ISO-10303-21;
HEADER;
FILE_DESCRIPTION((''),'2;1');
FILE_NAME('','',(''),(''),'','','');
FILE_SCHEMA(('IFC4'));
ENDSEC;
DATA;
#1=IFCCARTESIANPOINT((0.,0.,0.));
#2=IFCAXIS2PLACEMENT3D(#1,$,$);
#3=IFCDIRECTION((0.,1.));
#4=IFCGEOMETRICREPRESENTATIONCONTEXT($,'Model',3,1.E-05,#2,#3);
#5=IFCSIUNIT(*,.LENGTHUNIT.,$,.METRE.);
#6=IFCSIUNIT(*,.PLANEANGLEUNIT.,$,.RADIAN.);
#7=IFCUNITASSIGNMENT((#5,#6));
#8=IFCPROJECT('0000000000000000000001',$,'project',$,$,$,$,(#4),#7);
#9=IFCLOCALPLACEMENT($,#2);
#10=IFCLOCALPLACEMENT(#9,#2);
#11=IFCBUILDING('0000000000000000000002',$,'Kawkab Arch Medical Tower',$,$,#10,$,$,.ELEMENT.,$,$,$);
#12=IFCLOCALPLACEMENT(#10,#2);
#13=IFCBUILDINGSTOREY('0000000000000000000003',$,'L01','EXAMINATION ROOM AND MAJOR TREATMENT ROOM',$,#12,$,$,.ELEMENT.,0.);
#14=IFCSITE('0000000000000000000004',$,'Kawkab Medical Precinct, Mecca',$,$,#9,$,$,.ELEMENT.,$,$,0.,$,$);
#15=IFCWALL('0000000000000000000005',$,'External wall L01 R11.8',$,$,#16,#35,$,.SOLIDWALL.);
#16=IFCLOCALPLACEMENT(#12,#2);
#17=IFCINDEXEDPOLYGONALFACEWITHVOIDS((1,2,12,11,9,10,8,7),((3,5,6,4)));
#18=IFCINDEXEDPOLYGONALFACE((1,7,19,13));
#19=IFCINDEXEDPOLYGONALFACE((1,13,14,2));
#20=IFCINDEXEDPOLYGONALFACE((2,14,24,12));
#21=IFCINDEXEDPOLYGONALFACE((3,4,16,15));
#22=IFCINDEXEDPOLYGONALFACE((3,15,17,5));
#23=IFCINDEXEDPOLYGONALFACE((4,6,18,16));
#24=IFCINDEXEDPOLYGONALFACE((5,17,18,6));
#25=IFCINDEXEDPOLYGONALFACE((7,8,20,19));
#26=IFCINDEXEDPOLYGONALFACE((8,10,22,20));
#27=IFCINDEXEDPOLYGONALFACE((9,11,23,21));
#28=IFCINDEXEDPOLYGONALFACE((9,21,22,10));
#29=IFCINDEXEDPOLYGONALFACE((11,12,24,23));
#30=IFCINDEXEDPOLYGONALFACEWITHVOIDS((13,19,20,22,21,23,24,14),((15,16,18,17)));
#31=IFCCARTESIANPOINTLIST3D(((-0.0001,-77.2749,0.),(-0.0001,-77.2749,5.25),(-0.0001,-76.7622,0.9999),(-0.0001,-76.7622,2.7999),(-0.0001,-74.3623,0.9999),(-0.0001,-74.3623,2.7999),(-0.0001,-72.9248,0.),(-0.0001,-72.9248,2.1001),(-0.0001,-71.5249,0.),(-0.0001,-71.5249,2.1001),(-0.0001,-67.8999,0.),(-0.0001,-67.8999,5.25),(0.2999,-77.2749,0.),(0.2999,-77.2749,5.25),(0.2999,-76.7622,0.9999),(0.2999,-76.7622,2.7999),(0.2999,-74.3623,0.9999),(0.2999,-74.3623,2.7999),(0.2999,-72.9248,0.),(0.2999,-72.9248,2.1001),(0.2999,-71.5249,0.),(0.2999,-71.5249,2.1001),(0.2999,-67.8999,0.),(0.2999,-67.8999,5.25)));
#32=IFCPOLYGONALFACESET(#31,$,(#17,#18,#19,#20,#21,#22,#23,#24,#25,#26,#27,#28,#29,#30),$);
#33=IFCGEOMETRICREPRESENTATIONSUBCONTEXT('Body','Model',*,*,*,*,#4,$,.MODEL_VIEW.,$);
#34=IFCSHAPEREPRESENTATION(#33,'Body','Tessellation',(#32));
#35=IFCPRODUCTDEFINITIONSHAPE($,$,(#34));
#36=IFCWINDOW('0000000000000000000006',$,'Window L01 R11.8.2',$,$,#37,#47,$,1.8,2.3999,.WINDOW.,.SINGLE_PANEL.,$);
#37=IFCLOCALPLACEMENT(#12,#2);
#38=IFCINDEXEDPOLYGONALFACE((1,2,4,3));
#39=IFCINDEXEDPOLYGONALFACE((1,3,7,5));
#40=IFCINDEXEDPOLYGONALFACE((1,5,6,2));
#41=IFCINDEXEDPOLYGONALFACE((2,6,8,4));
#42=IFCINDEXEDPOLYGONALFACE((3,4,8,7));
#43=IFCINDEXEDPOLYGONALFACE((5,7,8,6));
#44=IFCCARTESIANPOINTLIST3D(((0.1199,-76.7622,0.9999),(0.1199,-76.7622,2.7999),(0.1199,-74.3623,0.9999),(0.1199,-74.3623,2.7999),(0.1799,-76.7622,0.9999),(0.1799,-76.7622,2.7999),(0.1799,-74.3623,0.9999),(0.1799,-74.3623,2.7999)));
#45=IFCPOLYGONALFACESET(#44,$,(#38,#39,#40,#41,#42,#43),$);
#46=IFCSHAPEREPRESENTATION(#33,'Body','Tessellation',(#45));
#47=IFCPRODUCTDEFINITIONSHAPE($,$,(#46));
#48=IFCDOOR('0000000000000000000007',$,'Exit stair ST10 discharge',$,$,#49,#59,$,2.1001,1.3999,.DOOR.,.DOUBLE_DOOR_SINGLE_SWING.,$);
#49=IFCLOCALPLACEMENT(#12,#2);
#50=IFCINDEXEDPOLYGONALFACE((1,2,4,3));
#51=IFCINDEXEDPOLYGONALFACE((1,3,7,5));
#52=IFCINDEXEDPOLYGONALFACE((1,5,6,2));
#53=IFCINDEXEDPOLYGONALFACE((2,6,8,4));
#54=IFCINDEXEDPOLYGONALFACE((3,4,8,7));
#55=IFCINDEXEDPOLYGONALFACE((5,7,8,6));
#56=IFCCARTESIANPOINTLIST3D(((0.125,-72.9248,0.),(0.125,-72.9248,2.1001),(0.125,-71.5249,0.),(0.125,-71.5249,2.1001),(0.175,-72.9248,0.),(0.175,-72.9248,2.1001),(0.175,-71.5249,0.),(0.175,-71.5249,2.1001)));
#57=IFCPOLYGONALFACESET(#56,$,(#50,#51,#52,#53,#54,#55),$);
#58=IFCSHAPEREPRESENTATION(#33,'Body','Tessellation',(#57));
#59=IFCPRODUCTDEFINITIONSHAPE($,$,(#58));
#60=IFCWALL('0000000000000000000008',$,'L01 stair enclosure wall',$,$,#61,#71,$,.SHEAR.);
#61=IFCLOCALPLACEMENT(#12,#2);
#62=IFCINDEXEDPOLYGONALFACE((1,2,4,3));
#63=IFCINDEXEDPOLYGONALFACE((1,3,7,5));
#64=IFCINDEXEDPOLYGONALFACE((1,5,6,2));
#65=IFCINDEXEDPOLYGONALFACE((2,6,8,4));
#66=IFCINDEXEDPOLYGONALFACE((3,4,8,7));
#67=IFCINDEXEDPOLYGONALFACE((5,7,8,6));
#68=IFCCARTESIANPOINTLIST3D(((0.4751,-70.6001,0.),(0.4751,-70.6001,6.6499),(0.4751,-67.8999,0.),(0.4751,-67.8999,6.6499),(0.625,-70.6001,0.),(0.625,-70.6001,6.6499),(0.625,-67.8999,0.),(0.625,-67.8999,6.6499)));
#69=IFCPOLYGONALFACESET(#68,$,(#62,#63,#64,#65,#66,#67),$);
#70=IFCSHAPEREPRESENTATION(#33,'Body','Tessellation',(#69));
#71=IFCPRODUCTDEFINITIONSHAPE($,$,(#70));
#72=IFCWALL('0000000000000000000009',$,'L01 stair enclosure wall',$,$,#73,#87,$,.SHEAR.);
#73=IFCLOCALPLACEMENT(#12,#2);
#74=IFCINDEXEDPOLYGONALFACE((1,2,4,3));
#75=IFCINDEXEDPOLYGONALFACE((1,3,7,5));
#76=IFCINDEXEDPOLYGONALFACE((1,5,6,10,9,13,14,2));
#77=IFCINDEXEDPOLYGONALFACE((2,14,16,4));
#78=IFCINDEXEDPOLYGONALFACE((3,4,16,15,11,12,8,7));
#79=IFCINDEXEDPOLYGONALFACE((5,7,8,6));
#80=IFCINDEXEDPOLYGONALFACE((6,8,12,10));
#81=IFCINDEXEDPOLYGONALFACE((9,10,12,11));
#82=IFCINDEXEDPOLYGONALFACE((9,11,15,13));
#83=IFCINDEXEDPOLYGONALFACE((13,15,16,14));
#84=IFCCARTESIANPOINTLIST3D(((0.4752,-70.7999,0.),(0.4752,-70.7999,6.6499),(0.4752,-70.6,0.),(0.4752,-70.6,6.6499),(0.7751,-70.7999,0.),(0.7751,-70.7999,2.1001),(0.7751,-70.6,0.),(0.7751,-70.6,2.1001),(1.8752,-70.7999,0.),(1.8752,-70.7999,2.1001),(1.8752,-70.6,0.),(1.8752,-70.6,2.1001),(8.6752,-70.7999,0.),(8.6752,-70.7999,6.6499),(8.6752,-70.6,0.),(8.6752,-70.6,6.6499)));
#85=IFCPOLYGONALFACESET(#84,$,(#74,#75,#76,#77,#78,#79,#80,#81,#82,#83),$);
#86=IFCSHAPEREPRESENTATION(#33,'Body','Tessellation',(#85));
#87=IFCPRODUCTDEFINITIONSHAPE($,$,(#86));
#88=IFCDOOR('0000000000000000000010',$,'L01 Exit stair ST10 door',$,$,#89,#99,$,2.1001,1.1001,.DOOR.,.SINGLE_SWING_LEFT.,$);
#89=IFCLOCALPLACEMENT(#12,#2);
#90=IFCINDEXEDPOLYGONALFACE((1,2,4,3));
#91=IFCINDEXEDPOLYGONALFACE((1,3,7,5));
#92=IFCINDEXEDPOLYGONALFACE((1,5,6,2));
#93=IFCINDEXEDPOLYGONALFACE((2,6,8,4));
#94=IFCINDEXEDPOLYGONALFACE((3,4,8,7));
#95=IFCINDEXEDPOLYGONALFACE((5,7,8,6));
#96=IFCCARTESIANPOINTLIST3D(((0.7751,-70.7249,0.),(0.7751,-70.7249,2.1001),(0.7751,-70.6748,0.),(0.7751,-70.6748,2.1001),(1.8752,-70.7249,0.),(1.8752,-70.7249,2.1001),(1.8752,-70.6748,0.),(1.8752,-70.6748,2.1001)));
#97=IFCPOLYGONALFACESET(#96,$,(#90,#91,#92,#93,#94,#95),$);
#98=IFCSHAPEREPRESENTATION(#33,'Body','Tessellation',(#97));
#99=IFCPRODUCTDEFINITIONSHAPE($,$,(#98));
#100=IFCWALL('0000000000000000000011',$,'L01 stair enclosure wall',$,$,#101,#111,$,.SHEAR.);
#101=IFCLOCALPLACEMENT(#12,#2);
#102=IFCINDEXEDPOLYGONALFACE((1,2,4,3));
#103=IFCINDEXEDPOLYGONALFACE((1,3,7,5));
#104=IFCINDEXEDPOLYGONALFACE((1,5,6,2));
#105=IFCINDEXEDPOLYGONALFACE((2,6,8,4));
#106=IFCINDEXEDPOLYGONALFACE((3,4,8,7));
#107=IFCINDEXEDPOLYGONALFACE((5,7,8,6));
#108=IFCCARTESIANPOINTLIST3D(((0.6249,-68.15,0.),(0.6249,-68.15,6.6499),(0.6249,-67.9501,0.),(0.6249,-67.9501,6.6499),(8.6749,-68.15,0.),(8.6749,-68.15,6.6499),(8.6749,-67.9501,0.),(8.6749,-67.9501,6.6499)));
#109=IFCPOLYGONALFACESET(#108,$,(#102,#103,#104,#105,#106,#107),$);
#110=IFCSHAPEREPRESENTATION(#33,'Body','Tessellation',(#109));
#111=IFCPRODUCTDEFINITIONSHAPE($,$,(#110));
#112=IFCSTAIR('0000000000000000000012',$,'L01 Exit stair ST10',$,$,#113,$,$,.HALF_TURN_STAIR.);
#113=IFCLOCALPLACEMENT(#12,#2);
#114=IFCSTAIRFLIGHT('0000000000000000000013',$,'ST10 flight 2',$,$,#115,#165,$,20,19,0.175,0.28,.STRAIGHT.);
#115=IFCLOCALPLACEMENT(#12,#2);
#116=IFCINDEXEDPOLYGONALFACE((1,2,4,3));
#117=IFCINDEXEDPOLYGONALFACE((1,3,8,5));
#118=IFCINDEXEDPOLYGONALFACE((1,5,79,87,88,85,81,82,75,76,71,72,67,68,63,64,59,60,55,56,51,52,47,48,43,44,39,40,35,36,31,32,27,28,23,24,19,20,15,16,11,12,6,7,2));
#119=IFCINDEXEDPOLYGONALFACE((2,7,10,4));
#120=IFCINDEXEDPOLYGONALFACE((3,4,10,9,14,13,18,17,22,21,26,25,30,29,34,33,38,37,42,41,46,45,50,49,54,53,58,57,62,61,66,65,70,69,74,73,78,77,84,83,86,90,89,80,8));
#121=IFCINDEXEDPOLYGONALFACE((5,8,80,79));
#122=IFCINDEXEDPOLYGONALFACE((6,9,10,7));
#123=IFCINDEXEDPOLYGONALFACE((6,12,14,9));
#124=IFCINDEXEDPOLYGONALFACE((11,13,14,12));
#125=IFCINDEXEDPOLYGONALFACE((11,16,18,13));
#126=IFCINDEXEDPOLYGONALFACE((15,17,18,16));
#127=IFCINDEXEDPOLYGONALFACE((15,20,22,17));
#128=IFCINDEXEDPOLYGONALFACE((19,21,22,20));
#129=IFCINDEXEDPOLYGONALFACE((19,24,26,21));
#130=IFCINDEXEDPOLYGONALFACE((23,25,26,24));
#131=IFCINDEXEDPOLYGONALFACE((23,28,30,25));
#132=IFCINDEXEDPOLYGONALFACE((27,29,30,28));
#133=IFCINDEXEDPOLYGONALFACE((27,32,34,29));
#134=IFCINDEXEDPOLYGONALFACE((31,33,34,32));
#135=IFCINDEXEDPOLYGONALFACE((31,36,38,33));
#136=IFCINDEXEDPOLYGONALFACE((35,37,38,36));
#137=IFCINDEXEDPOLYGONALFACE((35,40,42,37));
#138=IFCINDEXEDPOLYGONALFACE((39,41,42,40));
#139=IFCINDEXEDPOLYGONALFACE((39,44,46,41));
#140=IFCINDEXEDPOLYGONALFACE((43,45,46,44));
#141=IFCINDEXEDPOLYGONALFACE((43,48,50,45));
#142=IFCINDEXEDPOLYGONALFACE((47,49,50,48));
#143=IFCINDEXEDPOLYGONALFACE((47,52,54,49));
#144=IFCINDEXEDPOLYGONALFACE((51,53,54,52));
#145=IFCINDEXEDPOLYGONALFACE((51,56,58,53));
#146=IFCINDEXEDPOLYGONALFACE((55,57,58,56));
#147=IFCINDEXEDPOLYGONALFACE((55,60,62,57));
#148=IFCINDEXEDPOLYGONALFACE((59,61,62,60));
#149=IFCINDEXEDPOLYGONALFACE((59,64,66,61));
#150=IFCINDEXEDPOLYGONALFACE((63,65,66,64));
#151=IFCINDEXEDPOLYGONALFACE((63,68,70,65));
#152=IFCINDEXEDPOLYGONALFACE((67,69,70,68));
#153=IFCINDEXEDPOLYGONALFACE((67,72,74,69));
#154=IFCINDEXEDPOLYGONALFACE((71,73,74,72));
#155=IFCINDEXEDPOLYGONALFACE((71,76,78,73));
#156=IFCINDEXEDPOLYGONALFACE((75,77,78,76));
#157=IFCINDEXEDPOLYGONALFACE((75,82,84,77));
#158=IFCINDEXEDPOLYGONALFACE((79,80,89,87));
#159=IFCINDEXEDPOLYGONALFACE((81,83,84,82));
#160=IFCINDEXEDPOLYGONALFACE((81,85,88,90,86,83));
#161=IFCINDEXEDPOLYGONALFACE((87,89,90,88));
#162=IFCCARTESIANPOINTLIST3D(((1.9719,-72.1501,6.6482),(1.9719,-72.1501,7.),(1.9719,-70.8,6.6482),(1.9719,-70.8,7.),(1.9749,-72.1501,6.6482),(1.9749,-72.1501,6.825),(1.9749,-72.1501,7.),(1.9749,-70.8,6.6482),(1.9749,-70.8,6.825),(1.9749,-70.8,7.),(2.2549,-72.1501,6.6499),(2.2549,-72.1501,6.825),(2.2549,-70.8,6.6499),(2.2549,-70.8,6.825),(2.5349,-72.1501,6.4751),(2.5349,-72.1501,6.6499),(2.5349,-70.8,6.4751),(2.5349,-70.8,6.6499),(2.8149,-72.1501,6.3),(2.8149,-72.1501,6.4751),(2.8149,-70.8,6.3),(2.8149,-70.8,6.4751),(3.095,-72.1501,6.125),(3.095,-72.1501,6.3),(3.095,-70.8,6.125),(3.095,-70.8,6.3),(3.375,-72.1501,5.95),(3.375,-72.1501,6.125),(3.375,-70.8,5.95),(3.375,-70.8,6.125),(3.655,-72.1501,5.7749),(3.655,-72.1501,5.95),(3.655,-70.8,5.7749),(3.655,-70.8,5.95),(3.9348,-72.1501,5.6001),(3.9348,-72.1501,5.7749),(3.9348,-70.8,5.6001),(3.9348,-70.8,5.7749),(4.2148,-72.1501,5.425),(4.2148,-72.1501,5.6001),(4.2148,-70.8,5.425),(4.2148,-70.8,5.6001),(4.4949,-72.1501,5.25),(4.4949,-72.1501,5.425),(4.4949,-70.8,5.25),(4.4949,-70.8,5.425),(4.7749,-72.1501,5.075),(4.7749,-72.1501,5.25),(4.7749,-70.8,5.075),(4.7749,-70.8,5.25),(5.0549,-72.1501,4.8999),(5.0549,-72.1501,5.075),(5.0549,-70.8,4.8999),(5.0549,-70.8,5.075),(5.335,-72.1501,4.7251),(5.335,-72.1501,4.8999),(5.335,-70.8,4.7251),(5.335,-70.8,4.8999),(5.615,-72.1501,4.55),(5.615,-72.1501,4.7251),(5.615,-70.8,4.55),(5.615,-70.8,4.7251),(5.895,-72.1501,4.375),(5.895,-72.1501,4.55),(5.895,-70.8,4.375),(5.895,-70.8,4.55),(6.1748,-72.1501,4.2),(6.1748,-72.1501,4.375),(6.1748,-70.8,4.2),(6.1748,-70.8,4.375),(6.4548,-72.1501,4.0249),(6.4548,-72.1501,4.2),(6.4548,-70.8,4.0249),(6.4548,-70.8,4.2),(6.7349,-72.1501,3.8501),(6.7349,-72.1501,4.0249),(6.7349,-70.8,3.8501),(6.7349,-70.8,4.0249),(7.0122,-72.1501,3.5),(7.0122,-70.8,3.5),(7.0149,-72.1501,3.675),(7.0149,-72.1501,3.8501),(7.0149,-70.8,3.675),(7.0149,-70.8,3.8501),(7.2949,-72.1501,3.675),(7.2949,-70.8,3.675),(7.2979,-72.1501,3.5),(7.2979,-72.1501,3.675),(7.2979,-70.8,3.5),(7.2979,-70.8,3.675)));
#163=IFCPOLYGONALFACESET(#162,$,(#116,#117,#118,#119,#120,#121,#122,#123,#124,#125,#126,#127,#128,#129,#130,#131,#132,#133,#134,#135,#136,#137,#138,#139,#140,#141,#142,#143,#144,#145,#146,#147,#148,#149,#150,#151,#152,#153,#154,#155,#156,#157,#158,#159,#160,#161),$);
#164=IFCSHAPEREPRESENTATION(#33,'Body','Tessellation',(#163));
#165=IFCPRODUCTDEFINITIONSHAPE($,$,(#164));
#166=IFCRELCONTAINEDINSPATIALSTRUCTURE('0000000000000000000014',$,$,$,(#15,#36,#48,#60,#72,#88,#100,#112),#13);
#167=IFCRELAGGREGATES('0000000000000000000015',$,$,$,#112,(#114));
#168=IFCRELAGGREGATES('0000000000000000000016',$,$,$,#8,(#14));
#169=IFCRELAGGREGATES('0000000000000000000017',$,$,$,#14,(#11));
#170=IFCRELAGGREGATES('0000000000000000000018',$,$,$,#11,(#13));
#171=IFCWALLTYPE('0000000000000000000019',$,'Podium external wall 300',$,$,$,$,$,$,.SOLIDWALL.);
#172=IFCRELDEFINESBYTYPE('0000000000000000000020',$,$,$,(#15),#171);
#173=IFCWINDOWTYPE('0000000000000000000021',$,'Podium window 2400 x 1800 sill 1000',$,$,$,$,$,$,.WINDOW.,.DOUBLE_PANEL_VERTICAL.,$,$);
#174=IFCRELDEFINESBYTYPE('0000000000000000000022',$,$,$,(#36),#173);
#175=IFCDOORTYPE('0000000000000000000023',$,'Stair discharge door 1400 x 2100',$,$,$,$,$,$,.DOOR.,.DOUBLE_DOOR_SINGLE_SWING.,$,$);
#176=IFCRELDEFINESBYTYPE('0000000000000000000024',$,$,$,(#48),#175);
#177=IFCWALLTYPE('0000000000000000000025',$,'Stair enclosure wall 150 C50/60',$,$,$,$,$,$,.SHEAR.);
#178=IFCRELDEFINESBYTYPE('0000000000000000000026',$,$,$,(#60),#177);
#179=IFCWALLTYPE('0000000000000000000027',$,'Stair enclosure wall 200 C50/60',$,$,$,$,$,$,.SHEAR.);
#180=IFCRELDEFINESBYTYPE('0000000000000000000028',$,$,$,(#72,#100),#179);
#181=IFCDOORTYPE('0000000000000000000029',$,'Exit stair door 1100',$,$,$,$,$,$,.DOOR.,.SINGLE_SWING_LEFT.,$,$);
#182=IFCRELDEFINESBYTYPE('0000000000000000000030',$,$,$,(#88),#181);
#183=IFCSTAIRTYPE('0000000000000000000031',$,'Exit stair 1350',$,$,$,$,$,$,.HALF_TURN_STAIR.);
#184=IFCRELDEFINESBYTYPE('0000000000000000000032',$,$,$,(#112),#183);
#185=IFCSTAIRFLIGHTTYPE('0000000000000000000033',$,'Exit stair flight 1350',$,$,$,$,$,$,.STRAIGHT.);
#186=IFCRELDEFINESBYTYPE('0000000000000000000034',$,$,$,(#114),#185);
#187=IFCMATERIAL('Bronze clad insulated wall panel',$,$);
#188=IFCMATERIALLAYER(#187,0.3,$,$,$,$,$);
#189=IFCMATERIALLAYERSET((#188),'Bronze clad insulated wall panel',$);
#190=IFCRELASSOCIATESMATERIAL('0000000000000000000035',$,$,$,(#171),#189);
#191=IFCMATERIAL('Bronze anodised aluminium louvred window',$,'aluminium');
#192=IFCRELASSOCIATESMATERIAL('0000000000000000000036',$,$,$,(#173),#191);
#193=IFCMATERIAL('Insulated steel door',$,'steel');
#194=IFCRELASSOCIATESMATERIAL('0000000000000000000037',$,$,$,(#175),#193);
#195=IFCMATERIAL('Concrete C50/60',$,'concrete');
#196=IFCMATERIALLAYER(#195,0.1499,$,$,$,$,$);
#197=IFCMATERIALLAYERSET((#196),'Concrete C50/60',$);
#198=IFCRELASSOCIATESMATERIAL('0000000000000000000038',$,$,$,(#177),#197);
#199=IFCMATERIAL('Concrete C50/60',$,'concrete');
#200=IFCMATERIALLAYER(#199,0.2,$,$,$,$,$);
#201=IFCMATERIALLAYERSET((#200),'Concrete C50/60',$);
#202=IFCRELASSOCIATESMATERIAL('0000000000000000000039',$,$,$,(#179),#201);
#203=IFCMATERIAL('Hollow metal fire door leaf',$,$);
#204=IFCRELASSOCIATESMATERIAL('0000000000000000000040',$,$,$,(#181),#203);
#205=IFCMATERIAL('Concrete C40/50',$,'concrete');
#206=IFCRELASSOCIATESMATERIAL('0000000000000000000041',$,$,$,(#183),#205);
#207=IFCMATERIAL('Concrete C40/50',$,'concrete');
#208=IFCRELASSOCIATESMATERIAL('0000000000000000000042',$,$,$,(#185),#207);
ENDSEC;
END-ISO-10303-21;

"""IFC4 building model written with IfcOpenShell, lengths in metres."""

from ifc_helpers import new_model, si_unit, direction, frame, frame_2d, origin, place, context, subcontext, project, spatial, polyline, rectangle, outline, extrude, material, layer, layer_set, type_object, element, fill, aggregate, save


model = new_model("IFC4")

# Units and contexts
model_context = context("Model", 3, precision=1e-05, world=origin(), true_north=direction((0.0, 1.0)))
body_context = subcontext(model_context, "Body", "Model", "MODEL_VIEW")
ifc_project = project(units=[si_unit("LENGTHUNIT", "METRE"), si_unit("PLANEANGLEUNIT", "RADIAN")], contexts=[model_context])

# Site, building, storey
site_placement = place(None, origin())
site = spatial("IfcSite", under=ifc_project, at=site_placement, Name="Kawkab Medical Precinct, Mecca", CompositionType="ELEMENT", RefElevation=0.0)
building_placement = place(site_placement, origin())
building = spatial("IfcBuilding", under=site, at=building_placement, Name="Kawkab Arch Medical Tower", CompositionType="ELEMENT")
storey_placement = place(building_placement, origin())
storey = spatial("IfcBuildingStorey", under=building, at=storey_placement, Name="L01", Description="EXAMINATION ROOM AND MAJOR TREATMENT ROOM", CompositionType="ELEMENT", Elevation=0.0)

# Wall, openings, window, door
ifc_material_1 = material(Name="Bronze clad insulated wall panel")
ifc_layer_1 = layer(ifc_material_1, 0.3)
ifc_layer_set_1 = layer_set([ifc_layer_1], Name="Bronze clad insulated wall panel")
wall_type_1 = type_object("IfcWallType", Name="Podium external wall 300", PredefinedType="SOLIDWALL", material=ifc_layer_set_1)
wall_1_placement = place(storey_placement, frame((0.1499, -67.8999, 0.0), z_axis=(0.0, 0.0, 1.0), x_axis=(0.0, -1.0, 0.0)))
wall_1 = element("IfcWall", 1, at=wall_1_placement, inside=storey, type_object=wall_type_1, Name="External wall L01 R11.8", PredefinedType="SOLIDWALL", context=body_context, shape_type="SweptSolid", body=[
    extrude(rectangle(XDim=9.375, YDim=0.3, at=frame_2d((4.6875, 0.0))), origin(), (0.0, 0.0, 1.0), 5.25),
])
opening_1_placement = place(wall_1_placement, frame((3.625, 0.0, 0.0)))
opening_1 = element("IfcOpeningElement", 2, at=opening_1_placement, cuts=wall_1, PredefinedType="OPENING", context=body_context, shape_type="SweptSolid", body=[
    extrude(rectangle(XDim=1.3999, YDim=2.1001, at=frame_2d((0.7, 1.05))), frame((0.0, 0.1599, 0.0), z_axis=(0.0, -1.0, 0.0), x_axis=(1.0, 0.0, 0.0)), (0.0, 0.0, 1.0), 0.3201),
])
opening_2_placement = place(wall_1_placement, frame((6.4624, 0.0, 1.0)))
opening_2 = element("IfcOpeningElement", 3, at=opening_2_placement, cuts=wall_1, PredefinedType="OPENING", context=body_context, shape_type="SweptSolid", body=[
    extrude(rectangle(XDim=2.3999, YDim=1.8, at=frame_2d((1.2, 0.8999))), frame((0.0, 0.1599, 0.0), z_axis=(0.0, -1.0, 0.0), x_axis=(1.0, 0.0, 0.0)), (0.0, 0.0, 1.0), 0.3201),
])
ifc_material_2 = material(Name="Bronze anodised aluminium louvred window", Category="aluminium")
window_type = type_object("IfcWindowType", Name="Podium window 2400 x 1800 sill 1000", PartitioningType="DOUBLE_PANEL_VERTICAL", PredefinedType="WINDOW", material=ifc_material_2)
window_placement = place(opening_2_placement, origin())
window = element("IfcWindow", 4, at=window_placement, inside=storey, type_object=window_type, Name="Window L01 R11.8.2", OverallHeight=1.8, OverallWidth=2.3999, PartitioningType="SINGLE_PANEL", PredefinedType="WINDOW", context=body_context, shape_type="SweptSolid", body=[
    extrude(rectangle(XDim=2.3999, YDim=1.8, at=frame_2d((1.2, 0.8999))), frame((0.0, 0.03, 0.0), z_axis=(0.0, -1.0, 0.0), x_axis=(1.0, 0.0, 0.0)), (0.0, 0.0, 1.0), 0.0601),
])
fill(opening_2, window)
ifc_material_3 = material(Name="Insulated steel door", Category="steel")
door_type_1 = type_object("IfcDoorType", Name="Stair discharge door 1400 x 2100", OperationType="DOUBLE_DOOR_SINGLE_SWING", PredefinedType="DOOR", material=ifc_material_3)
door_1_placement = place(opening_1_placement, frame((1.3999, 0.0, 0.0), z_axis=(0.0, 0.0, 1.0), x_axis=(-1.0, 0.0, 0.0)))
door_1 = element("IfcDoor", 5, at=door_1_placement, inside=storey, type_object=door_type_1, Name="Exit stair ST10 discharge", OperationType="DOUBLE_DOOR_SINGLE_SWING", OverallHeight=2.1001, OverallWidth=1.3999, PredefinedType="DOOR", context=body_context, shape_type="SweptSolid", body=[
    extrude(rectangle(XDim=1.3999, YDim=2.1001, at=frame_2d((0.7, 1.05))), frame((0.0, 0.0249, 0.0), z_axis=(0.0, -1.0, 0.0), x_axis=(1.0, 0.0, 0.0)), (0.0, 0.0, 1.0), 0.05),
])
fill(opening_1, door_1)

# Wall
ifc_material_4 = material(Name="Concrete C50/60", Category="concrete")
ifc_layer_2 = layer(ifc_material_4, 0.1499)
ifc_layer_set_2 = layer_set([ifc_layer_2], Name="Concrete C50/60")
wall_type_2 = type_object("IfcWallType", Name="Stair enclosure wall 150 C50/60", PredefinedType="SHEAR", material=ifc_layer_set_2)
wall_2_placement = place(storey_placement, frame((0.55, -70.6001, 0.0), z_axis=(0.0, 0.0, 1.0), x_axis=(0.0, 1.0, 0.0)))
element("IfcWall", 6, at=wall_2_placement, inside=storey, type_object=wall_type_2, Name="L01 stair enclosure wall", PredefinedType="SHEAR", context=body_context, shape_type="SweptSolid", body=[
    extrude(rectangle(XDim=2.7002, YDim=0.1499, at=frame_2d((1.3501, 0.0))), origin(), (0.0, 0.0, 1.0), 6.6499),
])

# Wall, opening, door
ifc_material_5 = material(Name="Concrete C50/60", Category="concrete")
ifc_layer_3 = layer(ifc_material_5, 0.2)
ifc_layer_set_3 = layer_set([ifc_layer_3], Name="Concrete C50/60")
wall_type_3 = type_object("IfcWallType", Name="Stair enclosure wall 200 C50/60", PredefinedType="SHEAR", material=ifc_layer_set_3)
wall_3_placement = place(storey_placement, frame((0.4751, -70.7, 0.0), z_axis=(0.0, 0.0, 1.0), x_axis=(1.0, 0.0, 0.0)))
wall_3 = element("IfcWall", 7, at=wall_3_placement, inside=storey, type_object=wall_type_3, Name="L01 stair enclosure wall", PredefinedType="SHEAR", context=body_context, shape_type="SweptSolid", body=[
    extrude(rectangle(XDim=8.2, YDim=0.2, at=frame_2d((4.1001, 0.0))), origin(), (0.0, 0.0, 1.0), 6.6499),
])
opening_3_placement = place(wall_3_placement, frame((0.3, 0.0, 0.0)))
opening_3 = element("IfcOpeningElement", 8, at=opening_3_placement, cuts=wall_3, PredefinedType="OPENING", context=body_context, shape_type="SweptSolid", body=[
    extrude(rectangle(XDim=1.1001, YDim=2.1001, at=frame_2d((0.55, 1.05))), frame((0.0, 0.1099, 0.0), z_axis=(0.0, -1.0, 0.0), x_axis=(1.0, 0.0, 0.0)), (0.0, 0.0, 1.0), 0.22),
])
ifc_material_6 = material(Name="Hollow metal fire door leaf")
door_type_2 = type_object("IfcDoorType", Name="Exit stair door 1100", OperationType="SINGLE_SWING_LEFT", PredefinedType="DOOR", material=ifc_material_6)
door_2_placement = place(opening_3_placement, frame((1.1001, 0.0, 0.0), z_axis=(0.0, 0.0, 1.0), x_axis=(-1.0, 0.0, 0.0)))
door_2 = element("IfcDoor", 9, at=door_2_placement, inside=storey, type_object=door_type_2, Name="L01 Exit stair ST10 door", OperationType="SINGLE_SWING_LEFT", OverallHeight=2.1001, OverallWidth=1.1001, PredefinedType="DOOR", context=body_context, shape_type="SweptSolid", body=[
    extrude(rectangle(XDim=1.1001, YDim=2.1001, at=frame_2d((0.55, 1.05))), frame((0.0, 0.0249, 0.0), z_axis=(0.0, -1.0, 0.0), x_axis=(1.0, 0.0, 0.0)), (0.0, 0.0, 1.0), 0.05),
])
fill(opening_3, door_2)

# Wall
wall_4_placement = place(storey_placement, frame((0.625, -68.05, 0.0), z_axis=(0.0, 0.0, 1.0), x_axis=(1.0, 0.0, 0.0)))
element("IfcWall", 10, at=wall_4_placement, inside=storey, type_object=wall_type_3, Name="L01 stair enclosure wall", PredefinedType="SHEAR", context=body_context, shape_type="SweptSolid", body=[
    extrude(rectangle(XDim=8.05, YDim=0.2, at=frame_2d((4.0249, 0.0))), origin(), (0.0, 0.0, 1.0), 6.6499),
])

# Stair, stair flight
ifc_material_7 = material(Name="Concrete C40/50", Category="concrete")
stair_type = type_object("IfcStairType", Name="Exit stair 1350", PredefinedType="HALF_TURN_STAIR", material=ifc_material_7)
stair_placement = place(storey_placement, origin())
stair = element("IfcStair", 11, at=stair_placement, inside=storey, type_object=stair_type, Name="L01 Exit stair ST10", PredefinedType="HALF_TURN_STAIR")
ifc_material_8 = material(Name="Concrete C40/50", Category="concrete")
stair_flight_type = type_object("IfcStairFlightType", Name="Exit stair flight 1350", PredefinedType="STRAIGHT", material=ifc_material_8)
stair_flight_placement = place(storey_placement, frame((7.2949, -71.4751, 3.5), z_axis=(0.0, 0.0, 1.0), x_axis=(-1.0, 0.0, 0.0)))
stair_flight = element("IfcStairFlight", 12, at=stair_flight_placement, type_object=stair_flight_type, Name="ST10 flight 2", NumberOfRisers=20, NumberOfTreads=19, PredefinedType="STRAIGHT", RiserHeight=0.175, TreadLength=0.28, context=body_context, shape_type="SweptSolid", body=[
    extrude(outline(polyline([(-0.0029, 0.0), (-0.0029, 0.175), (0.0, 0.175), (0.28, 0.175), (0.28, 0.3501), (0.5601, 0.3501), (0.5601, 0.5249), (0.8401, 0.5249), (0.8401, 0.7), (1.1201, 0.7), (1.1201, 0.875), (1.3999, 0.875), (1.3999, 1.05), (1.6799, 1.05), (1.6799, 1.2251), (1.96, 1.2251), (1.96, 1.3999), (2.24, 1.3999), (2.24, 1.575), (2.52, 1.575), (2.52, 1.75), (2.8, 1.75), (2.8, 1.925), (3.0801, 1.925), (3.0801, 2.1001), (3.3601, 2.1001), (3.3601, 2.2749), (3.6399, 2.2749), (3.6399, 2.45), (3.9199, 2.45), (3.9199, 2.625), (4.2, 2.625), (4.2, 2.8), (4.48, 2.8), (4.48, 2.9751), (4.76, 2.9751), (4.76, 3.1499), (5.04, 3.1499), (5.04, 3.325), (5.3201, 3.325), (5.3201, 3.5), (5.323, 3.5), (5.323, 3.1482), (5.3201, 3.1482), (0.2827, 0.0), (-0.0029, 0.0)])), frame((0.0, 0.675, 0.0), z_axis=(0.0, -1.0, 0.0), x_axis=(1.0, 0.0, 0.0)), (0.0, 0.0, 1.0), 1.3501),
])
aggregate(stair, [stair_flight])

save(model, "model.ifc")
